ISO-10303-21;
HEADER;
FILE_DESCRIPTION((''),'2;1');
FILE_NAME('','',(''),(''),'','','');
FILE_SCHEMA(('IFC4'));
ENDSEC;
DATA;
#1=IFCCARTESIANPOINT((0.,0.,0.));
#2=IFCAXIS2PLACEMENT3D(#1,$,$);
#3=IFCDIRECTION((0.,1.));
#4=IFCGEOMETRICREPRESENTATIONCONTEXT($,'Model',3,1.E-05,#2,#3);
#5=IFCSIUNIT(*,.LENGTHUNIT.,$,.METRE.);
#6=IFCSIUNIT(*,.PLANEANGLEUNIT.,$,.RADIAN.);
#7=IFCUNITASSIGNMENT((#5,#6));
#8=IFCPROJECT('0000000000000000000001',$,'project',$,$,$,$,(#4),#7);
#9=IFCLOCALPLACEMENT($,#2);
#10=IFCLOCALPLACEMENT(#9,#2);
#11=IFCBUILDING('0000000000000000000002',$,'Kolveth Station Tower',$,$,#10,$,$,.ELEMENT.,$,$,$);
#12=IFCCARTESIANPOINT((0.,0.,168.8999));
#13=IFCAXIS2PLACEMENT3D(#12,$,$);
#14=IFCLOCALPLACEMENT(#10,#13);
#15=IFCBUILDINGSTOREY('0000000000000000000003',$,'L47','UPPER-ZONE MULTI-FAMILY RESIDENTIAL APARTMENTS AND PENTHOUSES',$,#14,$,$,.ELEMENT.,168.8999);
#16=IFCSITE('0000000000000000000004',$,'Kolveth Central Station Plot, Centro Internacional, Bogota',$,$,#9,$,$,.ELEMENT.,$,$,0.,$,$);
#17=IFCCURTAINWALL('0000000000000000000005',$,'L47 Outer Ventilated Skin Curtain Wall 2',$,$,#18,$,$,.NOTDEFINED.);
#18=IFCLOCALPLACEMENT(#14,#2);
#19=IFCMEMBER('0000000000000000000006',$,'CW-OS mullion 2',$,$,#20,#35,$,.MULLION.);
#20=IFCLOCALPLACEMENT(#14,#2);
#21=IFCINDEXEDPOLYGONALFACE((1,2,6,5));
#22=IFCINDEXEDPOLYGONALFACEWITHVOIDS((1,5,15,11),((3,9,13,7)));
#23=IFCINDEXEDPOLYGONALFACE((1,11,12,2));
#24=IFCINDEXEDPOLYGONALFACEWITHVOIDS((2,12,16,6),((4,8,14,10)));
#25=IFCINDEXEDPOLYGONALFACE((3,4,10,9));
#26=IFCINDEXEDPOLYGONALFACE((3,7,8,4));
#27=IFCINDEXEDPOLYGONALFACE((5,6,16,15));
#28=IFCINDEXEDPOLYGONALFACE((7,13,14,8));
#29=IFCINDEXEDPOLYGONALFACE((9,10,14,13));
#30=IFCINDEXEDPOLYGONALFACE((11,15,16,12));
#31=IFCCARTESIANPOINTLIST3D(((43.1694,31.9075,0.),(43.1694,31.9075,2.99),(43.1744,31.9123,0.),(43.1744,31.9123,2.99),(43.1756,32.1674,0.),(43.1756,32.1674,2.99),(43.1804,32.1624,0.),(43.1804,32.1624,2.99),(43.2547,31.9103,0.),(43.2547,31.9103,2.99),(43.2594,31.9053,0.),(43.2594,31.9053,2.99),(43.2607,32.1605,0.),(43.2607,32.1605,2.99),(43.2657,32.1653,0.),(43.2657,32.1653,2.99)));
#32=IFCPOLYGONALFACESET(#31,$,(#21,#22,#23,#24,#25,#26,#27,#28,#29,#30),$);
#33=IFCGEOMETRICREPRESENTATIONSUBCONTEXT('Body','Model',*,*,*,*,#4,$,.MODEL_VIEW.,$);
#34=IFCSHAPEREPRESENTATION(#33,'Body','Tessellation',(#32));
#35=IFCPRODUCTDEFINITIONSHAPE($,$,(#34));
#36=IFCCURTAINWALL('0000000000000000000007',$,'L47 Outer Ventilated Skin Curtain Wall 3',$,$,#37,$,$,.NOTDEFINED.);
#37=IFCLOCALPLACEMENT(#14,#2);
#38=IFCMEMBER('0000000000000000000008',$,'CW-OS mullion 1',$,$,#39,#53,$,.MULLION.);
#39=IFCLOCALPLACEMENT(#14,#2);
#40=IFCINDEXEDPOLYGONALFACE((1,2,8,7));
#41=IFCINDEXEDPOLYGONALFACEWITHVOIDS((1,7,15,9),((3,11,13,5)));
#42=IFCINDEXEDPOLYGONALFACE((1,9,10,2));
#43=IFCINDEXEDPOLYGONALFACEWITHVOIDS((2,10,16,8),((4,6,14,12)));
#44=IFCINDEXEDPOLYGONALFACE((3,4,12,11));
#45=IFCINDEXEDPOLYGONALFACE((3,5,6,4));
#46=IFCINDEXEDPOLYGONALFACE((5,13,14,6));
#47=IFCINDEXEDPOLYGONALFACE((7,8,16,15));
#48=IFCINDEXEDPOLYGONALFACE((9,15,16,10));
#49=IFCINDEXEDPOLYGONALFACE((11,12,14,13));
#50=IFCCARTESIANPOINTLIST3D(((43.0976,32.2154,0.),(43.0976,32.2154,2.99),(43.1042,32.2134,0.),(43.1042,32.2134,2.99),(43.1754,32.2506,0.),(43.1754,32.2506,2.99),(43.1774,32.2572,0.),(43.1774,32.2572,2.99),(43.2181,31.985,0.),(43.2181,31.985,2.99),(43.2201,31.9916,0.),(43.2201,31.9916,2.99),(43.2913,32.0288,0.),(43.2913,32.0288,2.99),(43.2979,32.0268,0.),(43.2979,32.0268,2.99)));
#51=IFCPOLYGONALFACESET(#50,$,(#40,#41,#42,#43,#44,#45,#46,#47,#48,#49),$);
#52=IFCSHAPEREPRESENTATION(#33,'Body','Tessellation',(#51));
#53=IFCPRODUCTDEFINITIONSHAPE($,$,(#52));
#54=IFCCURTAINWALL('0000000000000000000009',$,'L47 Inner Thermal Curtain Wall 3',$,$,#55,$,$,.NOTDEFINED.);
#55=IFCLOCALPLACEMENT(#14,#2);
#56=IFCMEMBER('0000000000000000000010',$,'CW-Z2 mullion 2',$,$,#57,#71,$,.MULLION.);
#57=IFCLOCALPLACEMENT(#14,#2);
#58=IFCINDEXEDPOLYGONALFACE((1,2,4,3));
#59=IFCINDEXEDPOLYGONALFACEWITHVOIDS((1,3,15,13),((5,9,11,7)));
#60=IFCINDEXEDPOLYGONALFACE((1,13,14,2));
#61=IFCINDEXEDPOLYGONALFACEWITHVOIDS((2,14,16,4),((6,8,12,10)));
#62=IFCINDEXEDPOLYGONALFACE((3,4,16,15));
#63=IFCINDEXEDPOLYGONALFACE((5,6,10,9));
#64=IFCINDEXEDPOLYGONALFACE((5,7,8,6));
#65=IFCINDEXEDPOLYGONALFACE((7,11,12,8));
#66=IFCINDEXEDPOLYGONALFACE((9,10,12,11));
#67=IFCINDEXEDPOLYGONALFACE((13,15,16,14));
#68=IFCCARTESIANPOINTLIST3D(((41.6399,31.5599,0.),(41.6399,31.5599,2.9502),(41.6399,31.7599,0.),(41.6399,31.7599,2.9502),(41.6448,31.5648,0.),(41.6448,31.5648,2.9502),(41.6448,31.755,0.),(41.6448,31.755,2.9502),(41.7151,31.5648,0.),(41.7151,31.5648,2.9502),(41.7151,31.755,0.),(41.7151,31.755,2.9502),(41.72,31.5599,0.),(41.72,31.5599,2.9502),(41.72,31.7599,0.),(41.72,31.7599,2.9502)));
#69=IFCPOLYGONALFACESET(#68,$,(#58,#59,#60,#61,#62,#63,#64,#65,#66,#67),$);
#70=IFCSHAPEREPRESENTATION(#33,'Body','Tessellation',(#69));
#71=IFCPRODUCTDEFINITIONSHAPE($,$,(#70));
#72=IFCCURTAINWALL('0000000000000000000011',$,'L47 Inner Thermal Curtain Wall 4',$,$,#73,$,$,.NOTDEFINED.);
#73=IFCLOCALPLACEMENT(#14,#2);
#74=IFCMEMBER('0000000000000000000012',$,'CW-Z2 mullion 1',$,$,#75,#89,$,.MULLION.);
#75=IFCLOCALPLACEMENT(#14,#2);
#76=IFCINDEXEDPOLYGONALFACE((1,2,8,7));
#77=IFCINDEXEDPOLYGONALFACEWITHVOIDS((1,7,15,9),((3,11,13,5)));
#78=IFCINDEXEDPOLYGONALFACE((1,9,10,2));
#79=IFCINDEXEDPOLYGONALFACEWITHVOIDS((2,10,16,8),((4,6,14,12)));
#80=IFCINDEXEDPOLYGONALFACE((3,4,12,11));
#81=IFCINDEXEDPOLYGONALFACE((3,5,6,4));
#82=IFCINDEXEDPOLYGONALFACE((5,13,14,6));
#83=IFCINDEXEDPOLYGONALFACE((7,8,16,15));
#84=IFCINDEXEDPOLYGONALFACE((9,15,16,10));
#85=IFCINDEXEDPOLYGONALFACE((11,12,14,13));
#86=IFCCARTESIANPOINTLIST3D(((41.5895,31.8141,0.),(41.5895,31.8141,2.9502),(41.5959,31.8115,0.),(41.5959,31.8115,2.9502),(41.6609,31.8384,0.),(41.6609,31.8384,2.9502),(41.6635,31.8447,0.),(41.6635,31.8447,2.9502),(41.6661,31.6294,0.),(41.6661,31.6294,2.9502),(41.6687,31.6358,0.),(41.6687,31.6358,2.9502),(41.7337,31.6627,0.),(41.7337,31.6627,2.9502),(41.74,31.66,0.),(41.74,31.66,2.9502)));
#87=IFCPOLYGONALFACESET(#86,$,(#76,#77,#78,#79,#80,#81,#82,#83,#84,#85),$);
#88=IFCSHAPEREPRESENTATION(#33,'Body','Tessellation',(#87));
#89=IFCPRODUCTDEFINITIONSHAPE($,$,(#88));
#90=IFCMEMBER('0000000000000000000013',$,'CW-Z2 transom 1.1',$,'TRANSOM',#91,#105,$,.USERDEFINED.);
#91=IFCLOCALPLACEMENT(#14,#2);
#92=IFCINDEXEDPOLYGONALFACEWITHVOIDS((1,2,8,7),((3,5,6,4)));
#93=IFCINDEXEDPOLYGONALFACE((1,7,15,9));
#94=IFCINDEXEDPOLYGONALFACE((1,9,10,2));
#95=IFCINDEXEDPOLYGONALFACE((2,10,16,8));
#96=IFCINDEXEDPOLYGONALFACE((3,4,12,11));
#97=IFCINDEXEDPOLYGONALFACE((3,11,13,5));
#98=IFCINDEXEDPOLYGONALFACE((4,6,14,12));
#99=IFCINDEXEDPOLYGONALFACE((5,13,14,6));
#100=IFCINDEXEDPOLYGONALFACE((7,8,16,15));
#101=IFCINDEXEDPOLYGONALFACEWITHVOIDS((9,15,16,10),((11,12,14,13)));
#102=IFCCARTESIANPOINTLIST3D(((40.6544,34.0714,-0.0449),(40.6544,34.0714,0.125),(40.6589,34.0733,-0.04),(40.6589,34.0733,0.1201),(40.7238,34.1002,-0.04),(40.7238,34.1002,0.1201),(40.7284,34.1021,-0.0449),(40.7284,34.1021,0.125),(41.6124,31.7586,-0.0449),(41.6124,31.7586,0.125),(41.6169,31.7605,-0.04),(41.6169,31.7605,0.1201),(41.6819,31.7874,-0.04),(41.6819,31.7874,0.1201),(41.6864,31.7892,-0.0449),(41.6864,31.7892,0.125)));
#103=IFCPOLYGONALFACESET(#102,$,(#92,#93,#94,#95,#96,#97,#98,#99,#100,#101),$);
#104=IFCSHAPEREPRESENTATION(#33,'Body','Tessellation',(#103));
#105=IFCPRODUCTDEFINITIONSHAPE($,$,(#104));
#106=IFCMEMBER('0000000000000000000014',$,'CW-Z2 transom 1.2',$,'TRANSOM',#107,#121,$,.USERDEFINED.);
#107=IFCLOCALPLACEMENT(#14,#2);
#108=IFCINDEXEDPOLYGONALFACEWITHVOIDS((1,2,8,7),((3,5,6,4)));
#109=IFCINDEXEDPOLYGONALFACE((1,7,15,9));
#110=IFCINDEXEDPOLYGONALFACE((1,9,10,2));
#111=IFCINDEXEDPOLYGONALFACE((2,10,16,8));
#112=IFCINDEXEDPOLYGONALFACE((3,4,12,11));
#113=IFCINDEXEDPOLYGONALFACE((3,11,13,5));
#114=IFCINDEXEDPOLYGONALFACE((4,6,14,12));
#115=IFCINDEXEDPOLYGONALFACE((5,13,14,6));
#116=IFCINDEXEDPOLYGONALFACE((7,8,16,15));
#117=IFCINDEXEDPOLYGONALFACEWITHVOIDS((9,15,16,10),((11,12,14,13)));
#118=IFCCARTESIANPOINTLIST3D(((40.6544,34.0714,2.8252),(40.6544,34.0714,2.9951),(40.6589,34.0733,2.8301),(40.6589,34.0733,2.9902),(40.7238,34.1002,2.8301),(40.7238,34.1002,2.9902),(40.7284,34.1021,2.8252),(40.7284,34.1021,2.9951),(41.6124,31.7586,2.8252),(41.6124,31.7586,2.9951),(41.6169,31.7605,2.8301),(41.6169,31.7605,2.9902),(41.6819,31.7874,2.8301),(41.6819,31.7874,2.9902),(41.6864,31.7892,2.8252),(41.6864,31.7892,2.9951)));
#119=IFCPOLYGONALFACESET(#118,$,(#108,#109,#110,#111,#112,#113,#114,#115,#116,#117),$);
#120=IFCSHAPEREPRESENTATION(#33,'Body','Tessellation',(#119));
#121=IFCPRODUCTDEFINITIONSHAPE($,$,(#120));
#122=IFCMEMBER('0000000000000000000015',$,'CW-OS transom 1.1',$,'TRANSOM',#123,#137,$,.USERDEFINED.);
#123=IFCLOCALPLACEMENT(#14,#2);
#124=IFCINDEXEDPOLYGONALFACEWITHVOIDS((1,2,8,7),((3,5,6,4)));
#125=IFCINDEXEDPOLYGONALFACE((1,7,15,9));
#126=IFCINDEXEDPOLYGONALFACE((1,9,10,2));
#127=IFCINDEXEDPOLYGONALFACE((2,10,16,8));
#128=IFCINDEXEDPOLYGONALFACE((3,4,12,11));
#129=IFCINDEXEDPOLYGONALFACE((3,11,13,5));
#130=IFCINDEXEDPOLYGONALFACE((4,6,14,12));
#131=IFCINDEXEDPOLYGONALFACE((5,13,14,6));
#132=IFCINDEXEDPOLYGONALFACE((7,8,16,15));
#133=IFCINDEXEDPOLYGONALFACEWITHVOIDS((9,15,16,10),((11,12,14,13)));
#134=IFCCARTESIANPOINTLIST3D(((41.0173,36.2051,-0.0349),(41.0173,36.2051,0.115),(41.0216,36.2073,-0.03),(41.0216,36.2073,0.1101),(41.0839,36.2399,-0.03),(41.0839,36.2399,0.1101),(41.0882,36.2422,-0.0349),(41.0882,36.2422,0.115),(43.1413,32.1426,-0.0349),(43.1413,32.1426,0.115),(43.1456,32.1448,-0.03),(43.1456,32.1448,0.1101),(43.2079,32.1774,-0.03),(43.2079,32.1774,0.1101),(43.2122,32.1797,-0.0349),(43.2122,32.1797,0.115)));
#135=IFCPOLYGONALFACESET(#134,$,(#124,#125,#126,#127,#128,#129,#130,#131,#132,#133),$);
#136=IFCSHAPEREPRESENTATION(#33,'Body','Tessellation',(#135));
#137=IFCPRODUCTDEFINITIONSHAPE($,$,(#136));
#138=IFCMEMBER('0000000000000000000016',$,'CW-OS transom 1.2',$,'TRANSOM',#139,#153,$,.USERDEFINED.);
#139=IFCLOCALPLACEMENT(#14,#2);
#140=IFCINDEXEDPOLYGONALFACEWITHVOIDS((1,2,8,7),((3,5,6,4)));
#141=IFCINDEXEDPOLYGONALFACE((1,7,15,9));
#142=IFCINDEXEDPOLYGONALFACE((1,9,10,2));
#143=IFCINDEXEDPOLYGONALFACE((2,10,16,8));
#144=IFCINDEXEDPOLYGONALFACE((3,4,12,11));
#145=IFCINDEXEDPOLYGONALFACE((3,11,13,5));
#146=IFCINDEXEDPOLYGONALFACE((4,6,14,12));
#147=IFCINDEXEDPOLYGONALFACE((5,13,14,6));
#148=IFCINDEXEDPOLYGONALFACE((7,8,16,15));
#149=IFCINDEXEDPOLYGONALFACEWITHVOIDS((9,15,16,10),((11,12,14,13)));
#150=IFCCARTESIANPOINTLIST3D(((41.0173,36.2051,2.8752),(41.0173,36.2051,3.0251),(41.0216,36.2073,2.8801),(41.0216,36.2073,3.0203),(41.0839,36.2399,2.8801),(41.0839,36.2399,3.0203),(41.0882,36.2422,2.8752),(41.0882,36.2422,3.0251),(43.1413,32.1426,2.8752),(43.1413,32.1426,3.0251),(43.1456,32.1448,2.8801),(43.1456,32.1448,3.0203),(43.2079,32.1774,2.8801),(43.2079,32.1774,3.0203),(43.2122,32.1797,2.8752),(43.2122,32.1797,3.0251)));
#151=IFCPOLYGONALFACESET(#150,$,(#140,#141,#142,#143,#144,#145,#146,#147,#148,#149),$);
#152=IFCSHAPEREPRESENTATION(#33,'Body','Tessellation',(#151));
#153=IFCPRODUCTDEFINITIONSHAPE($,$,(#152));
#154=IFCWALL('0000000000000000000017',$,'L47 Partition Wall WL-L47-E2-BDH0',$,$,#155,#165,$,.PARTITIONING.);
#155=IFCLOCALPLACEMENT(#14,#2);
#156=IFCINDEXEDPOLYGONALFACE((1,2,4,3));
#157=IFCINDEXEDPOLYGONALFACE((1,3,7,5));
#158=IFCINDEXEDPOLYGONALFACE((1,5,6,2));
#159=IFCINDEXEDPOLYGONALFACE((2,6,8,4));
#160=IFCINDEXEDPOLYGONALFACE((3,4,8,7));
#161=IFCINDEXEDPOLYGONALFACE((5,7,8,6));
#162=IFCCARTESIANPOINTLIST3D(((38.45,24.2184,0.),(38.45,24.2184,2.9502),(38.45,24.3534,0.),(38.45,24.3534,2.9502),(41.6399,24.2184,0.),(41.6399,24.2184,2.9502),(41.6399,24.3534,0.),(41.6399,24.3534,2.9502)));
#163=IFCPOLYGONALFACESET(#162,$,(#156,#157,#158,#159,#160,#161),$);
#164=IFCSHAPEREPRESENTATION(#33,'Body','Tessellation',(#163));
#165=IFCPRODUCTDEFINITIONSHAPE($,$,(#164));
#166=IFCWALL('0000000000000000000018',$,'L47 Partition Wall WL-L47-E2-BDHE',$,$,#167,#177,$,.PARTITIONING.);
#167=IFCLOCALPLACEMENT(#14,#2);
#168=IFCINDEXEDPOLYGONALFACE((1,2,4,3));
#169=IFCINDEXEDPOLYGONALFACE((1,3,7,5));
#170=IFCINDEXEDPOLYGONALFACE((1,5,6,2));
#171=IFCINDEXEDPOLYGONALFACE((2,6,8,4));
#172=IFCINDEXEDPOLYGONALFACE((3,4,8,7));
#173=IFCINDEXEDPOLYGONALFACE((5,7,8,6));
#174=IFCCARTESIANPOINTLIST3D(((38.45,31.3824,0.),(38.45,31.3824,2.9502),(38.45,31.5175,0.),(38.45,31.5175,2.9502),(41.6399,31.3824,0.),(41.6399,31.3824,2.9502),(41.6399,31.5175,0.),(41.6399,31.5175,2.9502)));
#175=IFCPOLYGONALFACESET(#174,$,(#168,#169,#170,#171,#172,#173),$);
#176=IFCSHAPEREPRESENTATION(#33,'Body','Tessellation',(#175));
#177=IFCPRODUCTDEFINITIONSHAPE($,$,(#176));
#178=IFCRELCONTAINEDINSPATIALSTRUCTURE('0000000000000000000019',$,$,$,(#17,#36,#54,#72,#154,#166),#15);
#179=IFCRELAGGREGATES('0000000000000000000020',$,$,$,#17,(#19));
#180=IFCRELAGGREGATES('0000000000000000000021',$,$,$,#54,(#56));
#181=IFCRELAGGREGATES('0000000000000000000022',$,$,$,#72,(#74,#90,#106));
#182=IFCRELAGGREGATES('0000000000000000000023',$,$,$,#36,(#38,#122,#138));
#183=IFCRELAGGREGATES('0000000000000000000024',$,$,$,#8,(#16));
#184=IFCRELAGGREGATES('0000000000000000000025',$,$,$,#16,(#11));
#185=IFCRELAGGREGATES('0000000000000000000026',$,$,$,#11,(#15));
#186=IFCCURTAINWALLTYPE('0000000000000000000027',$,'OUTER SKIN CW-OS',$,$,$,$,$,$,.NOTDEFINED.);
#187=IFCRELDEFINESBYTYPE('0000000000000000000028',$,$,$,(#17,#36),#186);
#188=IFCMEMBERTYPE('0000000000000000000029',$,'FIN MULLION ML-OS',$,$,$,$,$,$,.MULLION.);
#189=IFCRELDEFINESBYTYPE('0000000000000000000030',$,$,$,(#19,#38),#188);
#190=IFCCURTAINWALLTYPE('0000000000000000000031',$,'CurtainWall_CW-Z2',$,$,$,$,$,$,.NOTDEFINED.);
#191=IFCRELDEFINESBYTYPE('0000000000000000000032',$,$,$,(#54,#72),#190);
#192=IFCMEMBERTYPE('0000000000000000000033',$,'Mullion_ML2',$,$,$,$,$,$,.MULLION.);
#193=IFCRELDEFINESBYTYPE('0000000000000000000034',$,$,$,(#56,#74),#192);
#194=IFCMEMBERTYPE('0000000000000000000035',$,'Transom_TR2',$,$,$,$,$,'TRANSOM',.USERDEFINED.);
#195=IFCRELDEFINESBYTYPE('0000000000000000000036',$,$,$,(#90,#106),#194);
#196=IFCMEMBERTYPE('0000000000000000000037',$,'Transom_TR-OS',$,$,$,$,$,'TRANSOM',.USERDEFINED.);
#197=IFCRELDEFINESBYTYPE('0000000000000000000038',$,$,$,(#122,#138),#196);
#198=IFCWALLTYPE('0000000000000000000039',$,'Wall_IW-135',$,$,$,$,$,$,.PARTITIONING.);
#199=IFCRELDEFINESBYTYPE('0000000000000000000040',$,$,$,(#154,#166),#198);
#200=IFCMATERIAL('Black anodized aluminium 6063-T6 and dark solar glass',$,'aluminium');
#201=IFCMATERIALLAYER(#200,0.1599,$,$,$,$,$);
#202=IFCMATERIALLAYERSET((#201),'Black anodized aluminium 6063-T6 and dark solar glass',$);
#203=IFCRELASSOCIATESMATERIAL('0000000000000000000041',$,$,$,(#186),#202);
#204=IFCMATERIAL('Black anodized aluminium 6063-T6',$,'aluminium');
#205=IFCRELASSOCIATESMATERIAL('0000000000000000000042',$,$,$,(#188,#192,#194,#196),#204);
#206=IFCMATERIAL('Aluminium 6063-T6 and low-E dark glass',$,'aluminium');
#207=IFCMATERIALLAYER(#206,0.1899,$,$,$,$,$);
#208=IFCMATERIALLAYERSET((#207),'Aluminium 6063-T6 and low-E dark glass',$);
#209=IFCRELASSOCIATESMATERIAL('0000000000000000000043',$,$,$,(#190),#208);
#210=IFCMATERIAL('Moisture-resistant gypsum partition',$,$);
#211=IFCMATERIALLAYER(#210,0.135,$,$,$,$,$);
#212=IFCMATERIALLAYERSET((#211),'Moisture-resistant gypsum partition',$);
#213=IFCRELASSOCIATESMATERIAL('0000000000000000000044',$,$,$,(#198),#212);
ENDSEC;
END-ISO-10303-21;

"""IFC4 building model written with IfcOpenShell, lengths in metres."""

from ifc_helpers import new_model, si_unit, direction, frame, frame_2d, origin, origin_2d, place, context, subcontext, project, spatial, rectangle, hollow_rectangle, extrude, source, transform, mapped, material, layer, layer_set, material_profile, profile_set, type_object, element, aggregate, save


model = new_model("IFC4")

# Units and contexts
model_context = context("Model", 3, precision=1e-05, world=origin(), true_north=direction((0.0, 1.0)))
body_context = subcontext(model_context, "Body", "Model", "MODEL_VIEW")
ifc_project = project(units=[si_unit("LENGTHUNIT", "METRE"), si_unit("PLANEANGLEUNIT", "RADIAN")], contexts=[model_context])

# Site, building, storey
site_placement = place(None, origin())
site = spatial("IfcSite", under=ifc_project, at=site_placement, Name="Kolveth Central Station Plot, Centro Internacional, Bogota", CompositionType="ELEMENT", RefElevation=0.0)
building_placement = place(site_placement, origin())
building = spatial("IfcBuilding", under=site, at=building_placement, Name="Kolveth Station Tower", CompositionType="ELEMENT")
storey_placement = place(building_placement, frame((0.0, 0.0, 168.8999)))
storey = spatial("IfcBuildingStorey", under=building, at=storey_placement, Name="L47", Description="UPPER-ZONE MULTI-FAMILY RESIDENTIAL APARTMENTS AND PENTHOUSES", CompositionType="ELEMENT", Elevation=168.8999)

# Curtain walls, members
ifc_material_1 = material(Name="Black anodized aluminium 6063-T6 and dark solar glass", Category="aluminium")
ifc_layer_1 = layer(ifc_material_1, 0.1599)
ifc_layer_set_1 = layer_set([ifc_layer_1], Name="Black anodized aluminium 6063-T6 and dark solar glass")
curtain_wall_type_1 = type_object("IfcCurtainWallType", Name="OUTER SKIN CW-OS", PredefinedType="NOTDEFINED", material=ifc_layer_set_1)
curtain_wall_1_placement = place(storey_placement, origin())
curtain_wall_1 = element("IfcCurtainWall", 1, at=curtain_wall_1_placement, inside=storey, type_object=curtain_wall_type_1, Name="L47 Outer Ventilated Skin Curtain Wall 2", PredefinedType="NOTDEFINED")
ifc_material_2 = material(Name="Black anodized aluminium 6063-T6", Category="aluminium")
ifc_material_profile_1 = material_profile(ifc_material_2, hollow_rectangle(XDim=0.0901, YDim=0.26, WallThickness=0.0049, at=origin_2d()), Name="ALU-90x260x5")
ifc_profile_set_1 = profile_set([ifc_material_profile_1], Name="Black anodized aluminium 6063-T6")
member_type_1 = type_object("IfcMemberType", Name="FIN MULLION ML-OS", PredefinedType="MULLION", material=ifc_profile_set_1)
shared_shape_1 = source(origin(), body_context, "Body", "SweptSolid", [
    extrude(hollow_rectangle(XDim=0.0901, YDim=0.26, WallThickness=0.0049, at=origin_2d()), origin(), (0.0, 0.0, 1.0), 2.99),
])
member_1_placement = place(storey_placement, frame((43.2175, 32.0364, 0.0), z_axis=(0.0, 0.0, 1.0), x_axis=(-0.999708, 0.024162, 0.0)))
member_1 = element("IfcMember", 2, at=member_1_placement, type_object=member_type_1, Name="CW-OS mullion 2", PredefinedType="MULLION", context=body_context, shape_type="MappedRepresentation", body=[
    mapped(shared_shape_1, transform((0.0, 0.0, 0.0), x_axis=(1.0, 0.0, 0.0), y_axis=(0.0, 1.0, 0.0), z_axis=(0.0, 0.0, 1.0), scale=1.0)),
])
aggregate(curtain_wall_1, [member_1])
curtain_wall_2_placement = place(storey_placement, origin())
curtain_wall_2 = element("IfcCurtainWall", 3, at=curtain_wall_2_placement, inside=storey, type_object=curtain_wall_type_1, Name="L47 Outer Ventilated Skin Curtain Wall 3", PredefinedType="NOTDEFINED")
member_2_placement = place(storey_placement, frame((43.1978, 32.1211, 0.0), z_axis=(0.0, 0.0, 1.0), x_axis=(-0.886196, -0.46331, 0.0)))
member_2 = element("IfcMember", 4, at=member_2_placement, type_object=member_type_1, Name="CW-OS mullion 1", PredefinedType="MULLION", context=body_context, shape_type="MappedRepresentation", body=[
    mapped(shared_shape_1, transform((0.0, 0.0, 0.0), x_axis=(1.0, 0.0, 0.0), y_axis=(0.0, 1.0, 0.0), z_axis=(0.0, 0.0, 1.0), scale=1.0)),
])
ifc_material_3 = material(Name="Aluminium 6063-T6 and low-E dark glass", Category="aluminium")
ifc_layer_2 = layer(ifc_material_3, 0.1899)
ifc_layer_set_2 = layer_set([ifc_layer_2], Name="Aluminium 6063-T6 and low-E dark glass")
curtain_wall_type_2 = type_object("IfcCurtainWallType", Name="CurtainWall_CW-Z2", PredefinedType="NOTDEFINED", material=ifc_layer_set_2)
curtain_wall_3_placement = place(storey_placement, origin())
curtain_wall_3 = element("IfcCurtainWall", 5, at=curtain_wall_3_placement, inside=storey, type_object=curtain_wall_type_2, Name="L47 Inner Thermal Curtain Wall 3", PredefinedType="NOTDEFINED")
ifc_material_profile_2 = material_profile(ifc_material_2, hollow_rectangle(XDim=0.0801, YDim=0.2, WallThickness=0.0049, at=origin_2d()), Name="ALU-80x200x5")
ifc_profile_set_2 = profile_set([ifc_material_profile_2], Name="Black anodized aluminium 6063-T6")
member_type_2 = type_object("IfcMemberType", Name="Mullion_ML2", PredefinedType="MULLION", material=ifc_profile_set_2)
shared_shape_2 = source(origin(), body_context, "Body", "SweptSolid", [
    extrude(hollow_rectangle(XDim=0.0801, YDim=0.2, WallThickness=0.0049, at=origin_2d()), origin(), (0.0, 0.0, 1.0), 2.9502),
])
member_3_placement = place(storey_placement, frame((41.6799, 31.6599, 0.0), z_axis=(0.0, 0.0, 1.0), x_axis=(-1.0, 0.0, 0.0)))
member_3 = element("IfcMember", 6, at=member_3_placement, type_object=member_type_2, Name="CW-Z2 mullion 2", PredefinedType="MULLION", context=body_context, shape_type="MappedRepresentation", body=[
    mapped(shared_shape_2, transform((0.0, 0.0, 0.0), x_axis=(1.0, 0.0, 0.0), y_axis=(0.0, 1.0, 0.0), z_axis=(0.0, 0.0, 1.0), scale=1.0)),
])
aggregate(curtain_wall_3, [member_3])

# Curtain wall, members
curtain_wall_4_placement = place(storey_placement, origin())
curtain_wall_4 = element("IfcCurtainWall", 7, at=curtain_wall_4_placement, inside=storey, type_object=curtain_wall_type_2, Name="L47 Inner Thermal Curtain Wall 4", PredefinedType="NOTDEFINED")
member_4_placement = place(storey_placement, frame((41.6648, 31.7371, 0.0), z_axis=(0.0, 0.0, 1.0), x_axis=(-0.923874, -0.382698, 0.0)))
member_4 = element("IfcMember", 8, at=member_4_placement, type_object=member_type_2, Name="CW-Z2 mullion 1", PredefinedType="MULLION", context=body_context, shape_type="MappedRepresentation", body=[
    mapped(shared_shape_2, transform((0.0, 0.0, 0.0), x_axis=(1.0, 0.0, 0.0), y_axis=(0.0, 1.0, 0.0), z_axis=(0.0, 0.0, 1.0), scale=1.0)),
])
ifc_material_profile_3 = material_profile(ifc_material_2, hollow_rectangle(XDim=0.0801, YDim=0.1699, WallThickness=0.0049, at=origin_2d()), Name="ALU-80x170x5")
ifc_profile_set_3 = profile_set([ifc_material_profile_3], Name="Black anodized aluminium 6063-T6")
member_type_3 = type_object("IfcMemberType", Name="Transom_TR2", ElementType="TRANSOM", PredefinedType="USERDEFINED", material=ifc_profile_set_3)
shared_shape_3 = source(origin(), body_context, "Body", "SweptSolid", [
    extrude(hollow_rectangle(XDim=0.0801, YDim=0.1699, WallThickness=0.0049, at=origin_2d()), origin(), (0.0, 0.0, 1.0), 2.5034),
])
member_5_placement = place(storey_placement, frame((41.6494, 31.7739, 0.04), z_axis=(-0.382696, 0.923874, 0.0), x_axis=(-0.923874, -0.382696, 0.0)))
member_5 = element("IfcMember", 9, at=member_5_placement, type_object=member_type_3, Name="CW-Z2 transom 1.1", ObjectType="TRANSOM", PredefinedType="USERDEFINED", context=body_context, shape_type="MappedRepresentation", body=[
    mapped(shared_shape_3, transform((0.0, 0.0, 0.0), x_axis=(1.0, 0.0, 0.0), y_axis=(0.0, 1.0, 0.0), z_axis=(0.0, 0.0, 1.0), scale=1.0)),
])
member_6_placement = place(storey_placement, frame((41.6494, 31.7739, 2.9102), z_axis=(-0.382696, 0.923874, 0.0), x_axis=(-0.923874, -0.382696, 0.0)))
member_6 = element("IfcMember", 10, at=member_6_placement, type_object=member_type_3, Name="CW-Z2 transom 1.2", ObjectType="TRANSOM", PredefinedType="USERDEFINED", context=body_context, shape_type="MappedRepresentation", body=[
    mapped(shared_shape_3, transform((0.0, 0.0, 0.0), x_axis=(1.0, 0.0, 0.0), y_axis=(0.0, 1.0, 0.0), z_axis=(0.0, 0.0, 1.0), scale=1.0)),
])
aggregate(curtain_wall_4, [member_4, member_5, member_6])

# Members
ifc_material_profile_4 = material_profile(ifc_material_2, hollow_rectangle(XDim=0.0801, YDim=0.1499, WallThickness=0.0049, at=origin_2d()), Name="ALU-80x150x5")
ifc_profile_set_4 = profile_set([ifc_material_profile_4], Name="Black anodized aluminium 6063-T6")
member_type_4 = type_object("IfcMemberType", Name="Transom_TR-OS", ElementType="TRANSOM", PredefinedType="USERDEFINED", material=ifc_profile_set_4)
shared_shape_4 = source(origin(), body_context, "Body", "SweptSolid", [
    extrude(hollow_rectangle(XDim=0.0801, YDim=0.1499, WallThickness=0.0049, at=origin_2d()), origin(), (0.0, 0.0, 1.0), 4.5842),
])
member_7_placement = place(storey_placement, frame((43.1768, 32.1611, 0.04), z_axis=(-0.46333, 0.886186, 0.0), x_axis=(-0.886186, -0.46333, 0.0)))
member_7 = element("IfcMember", 11, at=member_7_placement, type_object=member_type_4, Name="CW-OS transom 1.1", ObjectType="TRANSOM", PredefinedType="USERDEFINED", context=body_context, shape_type="MappedRepresentation", body=[
    mapped(shared_shape_4, transform((0.0, 0.0, 0.0), x_axis=(1.0, 0.0, 0.0), y_axis=(0.0, 1.0, 0.0), z_axis=(0.0, 0.0, 1.0), scale=1.0)),
])
member_8_placement = place(storey_placement, frame((43.1768, 32.1611, 2.9502), z_axis=(-0.46333, 0.886186, 0.0), x_axis=(-0.886186, -0.46333, 0.0)))
member_8 = element("IfcMember", 12, at=member_8_placement, type_object=member_type_4, Name="CW-OS transom 1.2", ObjectType="TRANSOM", PredefinedType="USERDEFINED", context=body_context, shape_type="MappedRepresentation", body=[
    mapped(shared_shape_4, transform((0.0, 0.0, 0.0), x_axis=(1.0, 0.0, 0.0), y_axis=(0.0, 1.0, 0.0), z_axis=(0.0, 0.0, 1.0), scale=1.0)),
])
aggregate(curtain_wall_2, [member_2, member_7, member_8])

# Walls
ifc_material_4 = material(Name="Moisture-resistant gypsum partition")
ifc_layer_3 = layer(ifc_material_4, 0.135)
ifc_layer_set_3 = layer_set([ifc_layer_3], Name="Moisture-resistant gypsum partition")
wall_type = type_object("IfcWallType", Name="Wall_IW-135", PredefinedType="PARTITIONING", material=ifc_layer_set_3)
for number, where, z_axis, x_axis, name in (
    (13, (38.45, 24.2859, 0.0), (0.0, 0.0, 1.0), (1.0, 0.0, 0.0), "L47 Partition Wall WL-L47-E2-BDH0"),
    (14, (38.45, 31.45, 0.0), (0.0, 0.0, 1.0), (1.0, 0.0, 0.0), "L47 Partition Wall WL-L47-E2-BDHE"),
):
    element("IfcWall", number, at=place(storey_placement, frame(where, z_axis=z_axis, x_axis=x_axis)), inside=storey, type_object=wall_type, Name=name, PredefinedType="PARTITIONING", context=body_context, shape_type="SweptSolid", body=[
        extrude(rectangle(XDim=3.1899, YDim=0.135, at=frame_2d((1.595, 0.0))), origin(), (0.0, 0.0, 1.0), 2.9502),
    ])

save(model, "model.ifc")
